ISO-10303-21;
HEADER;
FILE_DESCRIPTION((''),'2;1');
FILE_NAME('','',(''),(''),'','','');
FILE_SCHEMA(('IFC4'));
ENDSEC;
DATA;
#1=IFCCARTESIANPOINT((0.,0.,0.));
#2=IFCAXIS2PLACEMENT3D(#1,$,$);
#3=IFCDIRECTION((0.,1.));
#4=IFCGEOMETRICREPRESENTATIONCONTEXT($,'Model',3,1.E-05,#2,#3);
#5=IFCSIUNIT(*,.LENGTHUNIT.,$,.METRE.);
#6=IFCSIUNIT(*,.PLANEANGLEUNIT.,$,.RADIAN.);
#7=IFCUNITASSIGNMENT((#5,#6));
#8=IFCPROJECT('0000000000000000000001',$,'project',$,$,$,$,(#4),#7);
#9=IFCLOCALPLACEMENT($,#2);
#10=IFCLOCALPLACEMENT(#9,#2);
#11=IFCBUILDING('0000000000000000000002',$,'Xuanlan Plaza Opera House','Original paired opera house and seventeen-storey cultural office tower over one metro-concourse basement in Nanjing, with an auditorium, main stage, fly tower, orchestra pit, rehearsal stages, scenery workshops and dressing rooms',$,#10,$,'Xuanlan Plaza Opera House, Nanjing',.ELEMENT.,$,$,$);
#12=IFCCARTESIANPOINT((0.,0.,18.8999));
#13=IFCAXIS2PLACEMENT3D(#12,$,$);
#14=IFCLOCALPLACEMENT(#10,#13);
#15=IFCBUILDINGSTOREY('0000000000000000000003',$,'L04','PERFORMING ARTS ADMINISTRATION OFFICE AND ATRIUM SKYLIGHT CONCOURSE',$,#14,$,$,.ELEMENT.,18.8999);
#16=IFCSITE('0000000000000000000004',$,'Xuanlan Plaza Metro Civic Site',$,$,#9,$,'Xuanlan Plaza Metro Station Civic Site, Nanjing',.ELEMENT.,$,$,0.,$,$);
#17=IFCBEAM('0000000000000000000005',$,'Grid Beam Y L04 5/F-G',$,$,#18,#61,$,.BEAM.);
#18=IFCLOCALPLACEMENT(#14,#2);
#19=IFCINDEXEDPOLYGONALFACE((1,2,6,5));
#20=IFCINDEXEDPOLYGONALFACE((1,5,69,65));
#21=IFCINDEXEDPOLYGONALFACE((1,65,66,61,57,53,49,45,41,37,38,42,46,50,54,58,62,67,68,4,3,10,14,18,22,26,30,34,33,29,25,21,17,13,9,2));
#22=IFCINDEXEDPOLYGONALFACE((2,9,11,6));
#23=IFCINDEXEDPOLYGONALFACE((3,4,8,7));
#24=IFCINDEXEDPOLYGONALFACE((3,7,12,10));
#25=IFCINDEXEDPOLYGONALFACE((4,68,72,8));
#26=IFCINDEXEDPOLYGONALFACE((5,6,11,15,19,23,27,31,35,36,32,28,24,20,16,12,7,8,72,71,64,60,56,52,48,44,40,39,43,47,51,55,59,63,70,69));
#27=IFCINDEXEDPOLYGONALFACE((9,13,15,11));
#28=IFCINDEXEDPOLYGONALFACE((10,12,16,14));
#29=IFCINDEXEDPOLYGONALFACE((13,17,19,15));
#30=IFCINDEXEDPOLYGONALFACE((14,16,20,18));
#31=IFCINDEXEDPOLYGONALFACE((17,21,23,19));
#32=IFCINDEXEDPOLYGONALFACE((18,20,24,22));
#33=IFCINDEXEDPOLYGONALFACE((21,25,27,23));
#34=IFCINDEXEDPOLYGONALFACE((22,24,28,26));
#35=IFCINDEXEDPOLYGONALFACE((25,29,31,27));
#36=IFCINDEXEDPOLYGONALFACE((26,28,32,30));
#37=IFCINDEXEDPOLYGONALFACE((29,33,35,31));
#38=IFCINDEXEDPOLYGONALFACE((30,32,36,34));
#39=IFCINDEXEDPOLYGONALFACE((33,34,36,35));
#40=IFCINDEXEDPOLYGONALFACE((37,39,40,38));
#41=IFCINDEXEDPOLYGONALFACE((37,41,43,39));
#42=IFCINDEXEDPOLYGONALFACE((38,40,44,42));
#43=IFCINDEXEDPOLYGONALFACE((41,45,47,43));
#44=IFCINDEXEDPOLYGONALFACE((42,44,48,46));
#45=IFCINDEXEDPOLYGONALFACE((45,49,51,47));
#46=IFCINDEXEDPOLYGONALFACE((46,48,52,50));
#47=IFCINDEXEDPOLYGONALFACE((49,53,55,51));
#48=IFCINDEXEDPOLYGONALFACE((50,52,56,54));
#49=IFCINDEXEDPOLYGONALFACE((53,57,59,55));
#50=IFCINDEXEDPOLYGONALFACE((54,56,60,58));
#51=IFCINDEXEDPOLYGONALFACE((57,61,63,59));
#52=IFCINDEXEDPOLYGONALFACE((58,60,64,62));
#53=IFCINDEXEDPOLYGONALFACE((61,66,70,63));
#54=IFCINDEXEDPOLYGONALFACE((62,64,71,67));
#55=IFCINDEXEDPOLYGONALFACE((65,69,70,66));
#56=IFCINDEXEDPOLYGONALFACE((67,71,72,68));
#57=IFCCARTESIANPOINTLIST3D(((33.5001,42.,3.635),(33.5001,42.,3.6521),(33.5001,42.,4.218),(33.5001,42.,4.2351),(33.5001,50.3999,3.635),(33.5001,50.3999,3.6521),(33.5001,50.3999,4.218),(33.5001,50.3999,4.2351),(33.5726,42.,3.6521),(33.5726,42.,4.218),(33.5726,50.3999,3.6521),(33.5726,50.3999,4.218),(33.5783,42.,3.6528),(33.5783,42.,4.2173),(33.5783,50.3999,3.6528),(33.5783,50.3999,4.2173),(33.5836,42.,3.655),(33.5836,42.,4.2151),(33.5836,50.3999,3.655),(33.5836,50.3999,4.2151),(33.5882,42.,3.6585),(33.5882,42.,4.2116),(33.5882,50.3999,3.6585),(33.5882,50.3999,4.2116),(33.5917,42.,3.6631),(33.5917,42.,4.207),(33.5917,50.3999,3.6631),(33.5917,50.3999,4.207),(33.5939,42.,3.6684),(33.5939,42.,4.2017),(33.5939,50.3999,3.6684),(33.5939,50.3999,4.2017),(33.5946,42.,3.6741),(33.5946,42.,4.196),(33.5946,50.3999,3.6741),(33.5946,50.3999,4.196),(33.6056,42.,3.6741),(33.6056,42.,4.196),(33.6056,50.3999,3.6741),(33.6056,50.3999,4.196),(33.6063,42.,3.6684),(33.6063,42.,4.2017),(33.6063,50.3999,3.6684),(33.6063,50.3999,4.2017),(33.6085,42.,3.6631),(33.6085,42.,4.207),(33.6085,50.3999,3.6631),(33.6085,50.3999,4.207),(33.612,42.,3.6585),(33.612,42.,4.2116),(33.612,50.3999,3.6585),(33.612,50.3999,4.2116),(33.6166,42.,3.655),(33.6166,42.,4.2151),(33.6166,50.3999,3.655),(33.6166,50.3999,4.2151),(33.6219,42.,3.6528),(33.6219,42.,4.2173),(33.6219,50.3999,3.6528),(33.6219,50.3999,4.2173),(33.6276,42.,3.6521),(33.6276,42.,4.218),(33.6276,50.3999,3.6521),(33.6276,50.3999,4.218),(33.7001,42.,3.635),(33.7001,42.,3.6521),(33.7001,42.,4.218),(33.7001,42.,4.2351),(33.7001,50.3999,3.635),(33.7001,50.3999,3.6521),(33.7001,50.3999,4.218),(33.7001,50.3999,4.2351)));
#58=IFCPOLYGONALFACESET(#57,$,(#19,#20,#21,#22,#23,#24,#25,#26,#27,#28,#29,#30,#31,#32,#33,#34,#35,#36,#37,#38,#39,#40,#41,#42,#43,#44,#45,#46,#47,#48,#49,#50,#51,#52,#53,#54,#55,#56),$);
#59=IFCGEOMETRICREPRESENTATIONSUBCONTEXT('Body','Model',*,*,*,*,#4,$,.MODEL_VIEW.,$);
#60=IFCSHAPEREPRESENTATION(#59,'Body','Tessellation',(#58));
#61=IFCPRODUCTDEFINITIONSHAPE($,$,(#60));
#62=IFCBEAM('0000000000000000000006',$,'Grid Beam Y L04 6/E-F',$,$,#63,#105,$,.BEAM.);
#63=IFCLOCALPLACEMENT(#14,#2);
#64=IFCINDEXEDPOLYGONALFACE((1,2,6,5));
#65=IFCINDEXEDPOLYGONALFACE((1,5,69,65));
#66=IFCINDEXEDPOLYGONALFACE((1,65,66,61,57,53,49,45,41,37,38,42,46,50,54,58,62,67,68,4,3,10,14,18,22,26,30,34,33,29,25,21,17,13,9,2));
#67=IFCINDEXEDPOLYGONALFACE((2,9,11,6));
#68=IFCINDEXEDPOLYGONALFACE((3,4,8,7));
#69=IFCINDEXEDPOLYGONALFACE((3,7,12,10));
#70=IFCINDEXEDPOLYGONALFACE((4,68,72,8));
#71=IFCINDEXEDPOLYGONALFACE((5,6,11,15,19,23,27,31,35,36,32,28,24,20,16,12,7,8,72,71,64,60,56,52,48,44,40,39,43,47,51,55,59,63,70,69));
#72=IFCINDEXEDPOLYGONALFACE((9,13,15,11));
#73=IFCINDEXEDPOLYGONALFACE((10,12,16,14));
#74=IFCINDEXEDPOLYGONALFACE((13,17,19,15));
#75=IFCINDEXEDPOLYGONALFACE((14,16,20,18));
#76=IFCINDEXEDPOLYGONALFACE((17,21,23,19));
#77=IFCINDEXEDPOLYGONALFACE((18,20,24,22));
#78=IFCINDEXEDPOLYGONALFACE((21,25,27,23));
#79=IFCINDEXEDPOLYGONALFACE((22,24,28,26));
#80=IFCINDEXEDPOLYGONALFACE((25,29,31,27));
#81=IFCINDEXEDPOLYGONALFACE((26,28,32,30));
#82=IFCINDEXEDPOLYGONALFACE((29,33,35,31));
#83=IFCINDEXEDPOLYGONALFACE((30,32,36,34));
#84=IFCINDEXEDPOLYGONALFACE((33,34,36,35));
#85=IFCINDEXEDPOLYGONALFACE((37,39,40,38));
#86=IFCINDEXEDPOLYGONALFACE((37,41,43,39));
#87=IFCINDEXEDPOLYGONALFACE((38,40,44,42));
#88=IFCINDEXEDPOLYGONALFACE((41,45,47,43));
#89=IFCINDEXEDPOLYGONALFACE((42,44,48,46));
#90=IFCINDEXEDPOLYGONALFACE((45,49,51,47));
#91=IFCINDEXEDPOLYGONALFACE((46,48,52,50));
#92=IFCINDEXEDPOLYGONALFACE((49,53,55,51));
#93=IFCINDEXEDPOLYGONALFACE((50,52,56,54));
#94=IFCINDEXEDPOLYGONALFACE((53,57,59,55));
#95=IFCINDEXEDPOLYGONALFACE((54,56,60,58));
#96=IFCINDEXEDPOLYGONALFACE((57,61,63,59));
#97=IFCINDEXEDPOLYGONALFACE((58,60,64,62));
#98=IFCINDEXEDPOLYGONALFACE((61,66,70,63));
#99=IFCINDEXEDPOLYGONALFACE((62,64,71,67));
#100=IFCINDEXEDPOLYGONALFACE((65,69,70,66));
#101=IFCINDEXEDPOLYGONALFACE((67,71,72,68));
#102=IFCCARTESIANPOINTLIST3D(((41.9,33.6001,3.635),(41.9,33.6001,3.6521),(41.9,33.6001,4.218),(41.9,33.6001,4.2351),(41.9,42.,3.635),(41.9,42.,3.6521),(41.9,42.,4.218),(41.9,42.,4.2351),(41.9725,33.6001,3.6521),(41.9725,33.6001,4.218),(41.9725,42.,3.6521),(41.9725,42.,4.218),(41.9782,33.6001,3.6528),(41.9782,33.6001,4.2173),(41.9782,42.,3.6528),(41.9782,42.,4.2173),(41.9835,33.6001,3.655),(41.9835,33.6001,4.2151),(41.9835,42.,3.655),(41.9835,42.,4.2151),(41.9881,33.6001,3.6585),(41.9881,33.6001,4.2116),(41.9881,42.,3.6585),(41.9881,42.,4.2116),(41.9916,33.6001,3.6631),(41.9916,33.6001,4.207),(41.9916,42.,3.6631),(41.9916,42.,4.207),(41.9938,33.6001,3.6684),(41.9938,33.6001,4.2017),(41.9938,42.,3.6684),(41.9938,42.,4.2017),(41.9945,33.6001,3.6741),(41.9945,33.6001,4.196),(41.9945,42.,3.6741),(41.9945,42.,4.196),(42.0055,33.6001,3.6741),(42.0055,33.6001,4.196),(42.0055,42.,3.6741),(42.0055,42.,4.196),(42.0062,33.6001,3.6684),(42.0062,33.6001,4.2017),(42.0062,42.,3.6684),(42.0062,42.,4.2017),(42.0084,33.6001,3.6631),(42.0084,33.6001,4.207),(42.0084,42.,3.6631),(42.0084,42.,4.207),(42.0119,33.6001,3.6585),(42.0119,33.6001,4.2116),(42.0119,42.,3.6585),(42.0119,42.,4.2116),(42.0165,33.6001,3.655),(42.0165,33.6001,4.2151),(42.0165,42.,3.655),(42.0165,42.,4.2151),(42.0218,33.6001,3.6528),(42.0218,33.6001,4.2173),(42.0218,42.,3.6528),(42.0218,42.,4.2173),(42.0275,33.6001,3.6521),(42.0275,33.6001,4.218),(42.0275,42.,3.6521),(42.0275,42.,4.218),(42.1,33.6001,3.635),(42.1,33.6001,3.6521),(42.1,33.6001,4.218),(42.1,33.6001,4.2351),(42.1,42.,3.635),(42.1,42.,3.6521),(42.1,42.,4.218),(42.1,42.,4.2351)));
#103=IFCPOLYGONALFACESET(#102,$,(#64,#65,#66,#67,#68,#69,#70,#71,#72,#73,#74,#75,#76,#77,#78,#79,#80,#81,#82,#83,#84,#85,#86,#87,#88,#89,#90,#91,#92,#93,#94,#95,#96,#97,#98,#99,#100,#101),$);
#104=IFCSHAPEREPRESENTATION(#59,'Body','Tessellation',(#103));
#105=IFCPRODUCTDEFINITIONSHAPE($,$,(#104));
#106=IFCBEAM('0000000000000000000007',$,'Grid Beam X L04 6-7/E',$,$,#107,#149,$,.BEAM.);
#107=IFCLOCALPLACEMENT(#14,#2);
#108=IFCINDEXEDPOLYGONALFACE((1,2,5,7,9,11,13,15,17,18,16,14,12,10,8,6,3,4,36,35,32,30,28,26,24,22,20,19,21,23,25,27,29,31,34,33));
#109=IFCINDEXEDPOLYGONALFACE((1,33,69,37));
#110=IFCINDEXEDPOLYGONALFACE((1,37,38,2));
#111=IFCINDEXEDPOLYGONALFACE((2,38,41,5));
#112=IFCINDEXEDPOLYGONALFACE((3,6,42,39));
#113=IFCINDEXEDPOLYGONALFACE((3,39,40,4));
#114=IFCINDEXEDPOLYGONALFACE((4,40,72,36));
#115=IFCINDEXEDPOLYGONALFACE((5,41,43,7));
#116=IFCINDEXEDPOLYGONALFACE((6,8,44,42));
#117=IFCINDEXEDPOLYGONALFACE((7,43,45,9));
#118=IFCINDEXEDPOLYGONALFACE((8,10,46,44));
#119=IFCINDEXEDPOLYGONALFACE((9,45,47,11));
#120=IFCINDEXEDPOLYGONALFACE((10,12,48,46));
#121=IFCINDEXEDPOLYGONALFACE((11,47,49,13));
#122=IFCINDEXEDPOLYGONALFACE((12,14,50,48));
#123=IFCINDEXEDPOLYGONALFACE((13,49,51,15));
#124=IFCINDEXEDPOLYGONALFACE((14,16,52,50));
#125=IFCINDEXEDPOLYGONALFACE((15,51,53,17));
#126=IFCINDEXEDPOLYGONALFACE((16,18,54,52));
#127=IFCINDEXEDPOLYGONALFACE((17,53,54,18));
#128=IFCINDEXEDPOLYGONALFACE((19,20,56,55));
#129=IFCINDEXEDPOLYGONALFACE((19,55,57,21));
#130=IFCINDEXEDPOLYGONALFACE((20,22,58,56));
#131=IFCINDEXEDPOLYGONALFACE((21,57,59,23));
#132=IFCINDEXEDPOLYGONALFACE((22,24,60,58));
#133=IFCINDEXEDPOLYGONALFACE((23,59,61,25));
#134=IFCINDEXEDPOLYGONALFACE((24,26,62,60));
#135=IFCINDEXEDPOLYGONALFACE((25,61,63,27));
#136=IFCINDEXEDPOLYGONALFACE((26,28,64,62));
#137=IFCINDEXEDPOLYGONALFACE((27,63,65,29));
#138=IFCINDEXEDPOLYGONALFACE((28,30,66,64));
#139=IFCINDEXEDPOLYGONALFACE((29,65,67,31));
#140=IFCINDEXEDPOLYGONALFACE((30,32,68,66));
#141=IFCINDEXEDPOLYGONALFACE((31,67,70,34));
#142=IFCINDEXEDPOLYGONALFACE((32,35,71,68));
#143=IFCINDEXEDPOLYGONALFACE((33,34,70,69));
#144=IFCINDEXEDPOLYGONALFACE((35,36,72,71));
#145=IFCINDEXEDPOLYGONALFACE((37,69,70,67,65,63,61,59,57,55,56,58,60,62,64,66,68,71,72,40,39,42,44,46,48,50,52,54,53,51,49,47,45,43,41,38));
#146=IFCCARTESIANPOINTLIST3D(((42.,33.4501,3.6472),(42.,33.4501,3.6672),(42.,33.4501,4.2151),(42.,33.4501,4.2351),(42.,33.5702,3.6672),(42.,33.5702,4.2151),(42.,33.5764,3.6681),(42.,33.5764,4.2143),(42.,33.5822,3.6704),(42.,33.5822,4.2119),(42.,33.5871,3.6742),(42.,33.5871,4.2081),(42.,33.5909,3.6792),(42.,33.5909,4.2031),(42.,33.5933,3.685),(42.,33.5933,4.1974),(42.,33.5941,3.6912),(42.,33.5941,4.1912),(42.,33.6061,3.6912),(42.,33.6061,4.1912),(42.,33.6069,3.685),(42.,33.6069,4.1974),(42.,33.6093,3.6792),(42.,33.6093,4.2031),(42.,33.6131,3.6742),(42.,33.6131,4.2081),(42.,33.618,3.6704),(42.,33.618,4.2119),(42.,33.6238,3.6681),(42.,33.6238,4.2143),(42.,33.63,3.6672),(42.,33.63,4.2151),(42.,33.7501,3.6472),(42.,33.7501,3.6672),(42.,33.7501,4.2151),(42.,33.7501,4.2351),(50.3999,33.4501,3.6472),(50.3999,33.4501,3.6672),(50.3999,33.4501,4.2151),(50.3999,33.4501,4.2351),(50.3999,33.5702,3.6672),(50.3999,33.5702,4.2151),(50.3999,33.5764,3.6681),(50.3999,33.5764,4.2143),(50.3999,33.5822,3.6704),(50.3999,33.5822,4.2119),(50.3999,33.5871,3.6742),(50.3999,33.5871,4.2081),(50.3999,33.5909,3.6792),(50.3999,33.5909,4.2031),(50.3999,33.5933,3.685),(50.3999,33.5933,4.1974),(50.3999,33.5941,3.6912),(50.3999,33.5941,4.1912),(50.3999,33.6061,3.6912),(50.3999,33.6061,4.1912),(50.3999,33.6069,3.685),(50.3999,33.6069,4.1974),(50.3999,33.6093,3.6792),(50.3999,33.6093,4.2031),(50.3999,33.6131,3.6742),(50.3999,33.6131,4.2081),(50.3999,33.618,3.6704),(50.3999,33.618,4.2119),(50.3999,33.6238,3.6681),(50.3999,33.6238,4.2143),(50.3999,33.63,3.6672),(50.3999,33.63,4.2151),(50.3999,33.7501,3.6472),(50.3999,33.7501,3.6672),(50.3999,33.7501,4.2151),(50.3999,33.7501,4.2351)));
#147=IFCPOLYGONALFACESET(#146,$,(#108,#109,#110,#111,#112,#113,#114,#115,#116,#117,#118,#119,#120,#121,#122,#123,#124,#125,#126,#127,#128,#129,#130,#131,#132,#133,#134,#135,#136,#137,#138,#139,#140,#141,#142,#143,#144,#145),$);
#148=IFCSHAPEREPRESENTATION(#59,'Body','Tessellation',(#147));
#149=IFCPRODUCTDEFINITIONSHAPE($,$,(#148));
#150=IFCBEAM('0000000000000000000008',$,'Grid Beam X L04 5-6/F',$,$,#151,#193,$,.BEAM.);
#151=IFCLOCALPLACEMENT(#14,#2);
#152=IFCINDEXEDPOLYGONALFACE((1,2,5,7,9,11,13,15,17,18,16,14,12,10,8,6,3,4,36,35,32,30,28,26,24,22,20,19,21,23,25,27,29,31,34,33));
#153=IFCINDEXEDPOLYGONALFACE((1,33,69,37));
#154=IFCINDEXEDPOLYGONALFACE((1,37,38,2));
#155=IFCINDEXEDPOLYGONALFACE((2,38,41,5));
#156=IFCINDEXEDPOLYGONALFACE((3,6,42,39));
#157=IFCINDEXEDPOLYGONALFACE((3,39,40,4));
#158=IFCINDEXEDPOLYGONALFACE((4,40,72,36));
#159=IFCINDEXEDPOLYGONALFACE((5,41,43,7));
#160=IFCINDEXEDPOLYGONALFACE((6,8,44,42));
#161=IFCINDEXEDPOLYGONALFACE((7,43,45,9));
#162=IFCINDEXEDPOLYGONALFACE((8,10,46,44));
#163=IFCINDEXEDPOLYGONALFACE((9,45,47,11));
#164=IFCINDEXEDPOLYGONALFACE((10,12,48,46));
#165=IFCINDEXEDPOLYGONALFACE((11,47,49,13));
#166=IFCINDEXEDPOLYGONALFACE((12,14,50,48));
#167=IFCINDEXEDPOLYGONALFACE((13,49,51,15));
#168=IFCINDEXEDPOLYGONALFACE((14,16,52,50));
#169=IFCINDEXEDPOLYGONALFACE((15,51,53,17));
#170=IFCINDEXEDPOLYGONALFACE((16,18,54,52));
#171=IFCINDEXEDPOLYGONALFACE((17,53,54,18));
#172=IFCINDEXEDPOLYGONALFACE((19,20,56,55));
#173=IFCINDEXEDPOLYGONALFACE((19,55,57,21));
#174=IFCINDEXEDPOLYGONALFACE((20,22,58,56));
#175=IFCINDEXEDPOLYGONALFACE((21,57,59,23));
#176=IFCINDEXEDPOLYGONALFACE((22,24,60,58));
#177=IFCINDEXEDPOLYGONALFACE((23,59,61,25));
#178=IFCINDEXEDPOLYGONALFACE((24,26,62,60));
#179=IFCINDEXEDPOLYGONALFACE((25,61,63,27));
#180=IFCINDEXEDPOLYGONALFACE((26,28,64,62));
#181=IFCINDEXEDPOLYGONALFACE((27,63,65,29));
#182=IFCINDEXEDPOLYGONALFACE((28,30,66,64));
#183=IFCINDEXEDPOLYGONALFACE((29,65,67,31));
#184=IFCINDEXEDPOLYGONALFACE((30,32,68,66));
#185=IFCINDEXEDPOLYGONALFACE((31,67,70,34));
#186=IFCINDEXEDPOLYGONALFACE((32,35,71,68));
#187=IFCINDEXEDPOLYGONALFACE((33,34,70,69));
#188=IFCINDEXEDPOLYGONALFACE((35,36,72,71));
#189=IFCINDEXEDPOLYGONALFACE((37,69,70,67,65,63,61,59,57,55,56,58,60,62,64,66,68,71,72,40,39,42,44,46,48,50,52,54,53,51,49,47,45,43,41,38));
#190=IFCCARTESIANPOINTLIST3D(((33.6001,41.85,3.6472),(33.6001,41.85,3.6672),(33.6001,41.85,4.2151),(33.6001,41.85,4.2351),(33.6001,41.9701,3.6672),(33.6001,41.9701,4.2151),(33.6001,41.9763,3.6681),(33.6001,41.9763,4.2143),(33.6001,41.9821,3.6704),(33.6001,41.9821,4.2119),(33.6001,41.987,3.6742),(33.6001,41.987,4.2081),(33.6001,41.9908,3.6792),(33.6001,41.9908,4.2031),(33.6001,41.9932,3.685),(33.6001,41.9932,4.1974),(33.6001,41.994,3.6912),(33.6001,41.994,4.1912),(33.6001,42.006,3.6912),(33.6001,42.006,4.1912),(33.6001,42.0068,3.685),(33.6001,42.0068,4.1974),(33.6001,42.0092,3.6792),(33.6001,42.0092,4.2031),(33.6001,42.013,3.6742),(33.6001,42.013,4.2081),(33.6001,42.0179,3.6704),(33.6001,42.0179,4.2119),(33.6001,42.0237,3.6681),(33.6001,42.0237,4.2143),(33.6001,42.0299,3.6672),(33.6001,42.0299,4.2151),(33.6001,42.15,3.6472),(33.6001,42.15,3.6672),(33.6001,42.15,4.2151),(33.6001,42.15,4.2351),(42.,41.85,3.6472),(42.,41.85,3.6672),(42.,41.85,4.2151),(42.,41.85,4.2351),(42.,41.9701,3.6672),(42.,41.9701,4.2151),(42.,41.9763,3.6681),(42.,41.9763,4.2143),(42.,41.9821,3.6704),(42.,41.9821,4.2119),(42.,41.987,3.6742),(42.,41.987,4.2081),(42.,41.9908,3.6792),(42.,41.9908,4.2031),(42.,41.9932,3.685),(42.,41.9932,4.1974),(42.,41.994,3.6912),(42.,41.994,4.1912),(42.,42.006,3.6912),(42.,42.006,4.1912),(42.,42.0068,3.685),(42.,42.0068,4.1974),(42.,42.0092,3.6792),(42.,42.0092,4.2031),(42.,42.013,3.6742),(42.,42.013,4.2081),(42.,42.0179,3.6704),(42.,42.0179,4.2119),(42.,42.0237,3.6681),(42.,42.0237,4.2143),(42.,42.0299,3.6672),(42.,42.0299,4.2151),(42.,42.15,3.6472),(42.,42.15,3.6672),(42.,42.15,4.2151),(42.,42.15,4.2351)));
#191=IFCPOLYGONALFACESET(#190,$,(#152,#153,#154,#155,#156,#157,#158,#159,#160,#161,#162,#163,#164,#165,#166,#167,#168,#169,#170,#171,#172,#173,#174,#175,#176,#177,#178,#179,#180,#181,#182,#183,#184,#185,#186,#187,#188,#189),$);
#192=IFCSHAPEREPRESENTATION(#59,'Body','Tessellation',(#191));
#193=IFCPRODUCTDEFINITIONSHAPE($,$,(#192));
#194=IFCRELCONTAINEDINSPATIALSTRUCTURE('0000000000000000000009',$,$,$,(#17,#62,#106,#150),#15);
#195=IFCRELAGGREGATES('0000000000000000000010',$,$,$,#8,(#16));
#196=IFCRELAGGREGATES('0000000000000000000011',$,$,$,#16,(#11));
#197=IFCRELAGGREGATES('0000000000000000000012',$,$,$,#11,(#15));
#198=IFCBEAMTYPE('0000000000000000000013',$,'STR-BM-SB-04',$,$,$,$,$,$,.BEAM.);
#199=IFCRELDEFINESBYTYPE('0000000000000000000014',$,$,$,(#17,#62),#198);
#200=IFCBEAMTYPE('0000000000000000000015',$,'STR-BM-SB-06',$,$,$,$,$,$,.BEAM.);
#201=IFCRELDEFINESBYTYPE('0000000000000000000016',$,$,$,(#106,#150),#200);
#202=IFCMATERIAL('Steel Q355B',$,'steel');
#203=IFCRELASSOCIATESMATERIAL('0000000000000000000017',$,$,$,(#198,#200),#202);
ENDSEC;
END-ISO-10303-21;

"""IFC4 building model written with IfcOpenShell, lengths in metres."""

from ifc_helpers import new_model, si_unit, direction, frame, origin, origin_2d, place, context, subcontext, project, spatial, i_section, extrude, material, material_profile, profile_set, type_object, element, save


model = new_model("IFC4")

# Units and contexts
model_context = context("Model", 3, precision=1e-05, world=origin(), true_north=direction((0.0, 1.0)))
body_context = subcontext(model_context, "Body", "Model", "MODEL_VIEW")
ifc_project = project(units=[si_unit("LENGTHUNIT", "METRE"), si_unit("PLANEANGLEUNIT", "RADIAN")], contexts=[model_context])

# Site, building, storey
site_placement = place(None, origin())
site = spatial("IfcSite", under=ifc_project, at=site_placement, Name="Xuanlan Plaza Metro Civic Site", LongName="Xuanlan Plaza Metro Station Civic Site, Nanjing", CompositionType="ELEMENT", RefElevation=0.0)
building_placement = place(site_placement, origin())
building = spatial("IfcBuilding", under=site, at=building_placement, Name="Xuanlan Plaza Opera House", Description="Original paired opera house and seventeen-storey cultural office tower over one metro-concourse basement in Nanjing, with an auditorium, main stage, fly tower, orchestra pit, rehearsal stages, scenery workshops and dressing rooms", LongName="Xuanlan Plaza Opera House, Nanjing", CompositionType="ELEMENT")
storey_placement = place(building_placement, frame((0.0, 0.0, 18.8999)))
storey = spatial("IfcBuildingStorey", under=building, at=storey_placement, Name="L04", Description="PERFORMING ARTS ADMINISTRATION OFFICE AND ATRIUM SKYLIGHT CONCOURSE", CompositionType="ELEMENT", Elevation=18.8999)

# Beams
ifc_material_1 = material(Name="Steel Q355B", Category="steel")
ifc_material_profile_1 = material_profile(ifc_material_1, i_section(OverallWidth=0.2, OverallDepth=0.6001, WebThickness=0.011, FlangeThickness=0.0171, FilletRadius=0.022, at=origin_2d()), Name="HN 600x200x11x17")
ifc_profile_set_1 = profile_set([ifc_material_profile_1], Name="Steel Q355B")
beam_type_1 = type_object("IfcBeamType", Name="STR-BM-SB-04", PredefinedType="BEAM", material=ifc_profile_set_1)
for number, where, z_axis, x_axis, name in (
    (1, (33.6001, 42.0, 3.9351), (0.0, 1.0, 0.0), (-1.0, 0.0, 0.0), "Grid Beam Y L04 5/F-G"),
    (2, (42.0, 33.6001, 3.9351), (0.0, 1.0, 0.0), (-1.0, 0.0, 0.0), "Grid Beam Y L04 6/E-F"),
):
    element("IfcBeam", number, at=place(storey_placement, frame(where, z_axis=z_axis, x_axis=x_axis)), inside=storey, type_object=beam_type_1, Name=name, PredefinedType="BEAM", context=body_context, shape_type="SweptSolid", body=[
        extrude(i_section(OverallWidth=0.2, OverallDepth=0.6001, WebThickness=0.011, FlangeThickness=0.0171, FilletRadius=0.022, at=origin_2d()), origin(), (0.0, 0.0, 1.0), 8.3999),
    ])
ifc_material_profile_2 = material_profile(ifc_material_1, i_section(OverallWidth=0.3, OverallDepth=0.5879, WebThickness=0.012, FlangeThickness=0.02, FilletRadius=0.0239, at=origin_2d()), Name="HM 588x300x12x20")
ifc_profile_set_2 = profile_set([ifc_material_profile_2], Name="Steel Q355B")
beam_type_2 = type_object("IfcBeamType", Name="STR-BM-SB-06", PredefinedType="BEAM", material=ifc_profile_set_2)
for number, where, z_axis, x_axis, name in (
    (3, (42.0, 33.6001, 3.9412), (1.0, 0.0, 0.0), (0.0, 1.0, 0.0), "Grid Beam X L04 6-7/E"),
    (4, (33.6001, 42.0, 3.9412), (1.0, 0.0, 0.0), (0.0, 1.0, 0.0), "Grid Beam X L04 5-6/F"),
):
    element("IfcBeam", number, at=place(storey_placement, frame(where, z_axis=z_axis, x_axis=x_axis)), inside=storey, type_object=beam_type_2, Name=name, PredefinedType="BEAM", context=body_context, shape_type="SweptSolid", body=[
        extrude(i_section(OverallWidth=0.3, OverallDepth=0.5879, WebThickness=0.012, FlangeThickness=0.02, FilletRadius=0.0239, at=origin_2d()), origin(), (0.0, 0.0, 1.0), 8.3999),
    ])

save(model, "model.ifc")
